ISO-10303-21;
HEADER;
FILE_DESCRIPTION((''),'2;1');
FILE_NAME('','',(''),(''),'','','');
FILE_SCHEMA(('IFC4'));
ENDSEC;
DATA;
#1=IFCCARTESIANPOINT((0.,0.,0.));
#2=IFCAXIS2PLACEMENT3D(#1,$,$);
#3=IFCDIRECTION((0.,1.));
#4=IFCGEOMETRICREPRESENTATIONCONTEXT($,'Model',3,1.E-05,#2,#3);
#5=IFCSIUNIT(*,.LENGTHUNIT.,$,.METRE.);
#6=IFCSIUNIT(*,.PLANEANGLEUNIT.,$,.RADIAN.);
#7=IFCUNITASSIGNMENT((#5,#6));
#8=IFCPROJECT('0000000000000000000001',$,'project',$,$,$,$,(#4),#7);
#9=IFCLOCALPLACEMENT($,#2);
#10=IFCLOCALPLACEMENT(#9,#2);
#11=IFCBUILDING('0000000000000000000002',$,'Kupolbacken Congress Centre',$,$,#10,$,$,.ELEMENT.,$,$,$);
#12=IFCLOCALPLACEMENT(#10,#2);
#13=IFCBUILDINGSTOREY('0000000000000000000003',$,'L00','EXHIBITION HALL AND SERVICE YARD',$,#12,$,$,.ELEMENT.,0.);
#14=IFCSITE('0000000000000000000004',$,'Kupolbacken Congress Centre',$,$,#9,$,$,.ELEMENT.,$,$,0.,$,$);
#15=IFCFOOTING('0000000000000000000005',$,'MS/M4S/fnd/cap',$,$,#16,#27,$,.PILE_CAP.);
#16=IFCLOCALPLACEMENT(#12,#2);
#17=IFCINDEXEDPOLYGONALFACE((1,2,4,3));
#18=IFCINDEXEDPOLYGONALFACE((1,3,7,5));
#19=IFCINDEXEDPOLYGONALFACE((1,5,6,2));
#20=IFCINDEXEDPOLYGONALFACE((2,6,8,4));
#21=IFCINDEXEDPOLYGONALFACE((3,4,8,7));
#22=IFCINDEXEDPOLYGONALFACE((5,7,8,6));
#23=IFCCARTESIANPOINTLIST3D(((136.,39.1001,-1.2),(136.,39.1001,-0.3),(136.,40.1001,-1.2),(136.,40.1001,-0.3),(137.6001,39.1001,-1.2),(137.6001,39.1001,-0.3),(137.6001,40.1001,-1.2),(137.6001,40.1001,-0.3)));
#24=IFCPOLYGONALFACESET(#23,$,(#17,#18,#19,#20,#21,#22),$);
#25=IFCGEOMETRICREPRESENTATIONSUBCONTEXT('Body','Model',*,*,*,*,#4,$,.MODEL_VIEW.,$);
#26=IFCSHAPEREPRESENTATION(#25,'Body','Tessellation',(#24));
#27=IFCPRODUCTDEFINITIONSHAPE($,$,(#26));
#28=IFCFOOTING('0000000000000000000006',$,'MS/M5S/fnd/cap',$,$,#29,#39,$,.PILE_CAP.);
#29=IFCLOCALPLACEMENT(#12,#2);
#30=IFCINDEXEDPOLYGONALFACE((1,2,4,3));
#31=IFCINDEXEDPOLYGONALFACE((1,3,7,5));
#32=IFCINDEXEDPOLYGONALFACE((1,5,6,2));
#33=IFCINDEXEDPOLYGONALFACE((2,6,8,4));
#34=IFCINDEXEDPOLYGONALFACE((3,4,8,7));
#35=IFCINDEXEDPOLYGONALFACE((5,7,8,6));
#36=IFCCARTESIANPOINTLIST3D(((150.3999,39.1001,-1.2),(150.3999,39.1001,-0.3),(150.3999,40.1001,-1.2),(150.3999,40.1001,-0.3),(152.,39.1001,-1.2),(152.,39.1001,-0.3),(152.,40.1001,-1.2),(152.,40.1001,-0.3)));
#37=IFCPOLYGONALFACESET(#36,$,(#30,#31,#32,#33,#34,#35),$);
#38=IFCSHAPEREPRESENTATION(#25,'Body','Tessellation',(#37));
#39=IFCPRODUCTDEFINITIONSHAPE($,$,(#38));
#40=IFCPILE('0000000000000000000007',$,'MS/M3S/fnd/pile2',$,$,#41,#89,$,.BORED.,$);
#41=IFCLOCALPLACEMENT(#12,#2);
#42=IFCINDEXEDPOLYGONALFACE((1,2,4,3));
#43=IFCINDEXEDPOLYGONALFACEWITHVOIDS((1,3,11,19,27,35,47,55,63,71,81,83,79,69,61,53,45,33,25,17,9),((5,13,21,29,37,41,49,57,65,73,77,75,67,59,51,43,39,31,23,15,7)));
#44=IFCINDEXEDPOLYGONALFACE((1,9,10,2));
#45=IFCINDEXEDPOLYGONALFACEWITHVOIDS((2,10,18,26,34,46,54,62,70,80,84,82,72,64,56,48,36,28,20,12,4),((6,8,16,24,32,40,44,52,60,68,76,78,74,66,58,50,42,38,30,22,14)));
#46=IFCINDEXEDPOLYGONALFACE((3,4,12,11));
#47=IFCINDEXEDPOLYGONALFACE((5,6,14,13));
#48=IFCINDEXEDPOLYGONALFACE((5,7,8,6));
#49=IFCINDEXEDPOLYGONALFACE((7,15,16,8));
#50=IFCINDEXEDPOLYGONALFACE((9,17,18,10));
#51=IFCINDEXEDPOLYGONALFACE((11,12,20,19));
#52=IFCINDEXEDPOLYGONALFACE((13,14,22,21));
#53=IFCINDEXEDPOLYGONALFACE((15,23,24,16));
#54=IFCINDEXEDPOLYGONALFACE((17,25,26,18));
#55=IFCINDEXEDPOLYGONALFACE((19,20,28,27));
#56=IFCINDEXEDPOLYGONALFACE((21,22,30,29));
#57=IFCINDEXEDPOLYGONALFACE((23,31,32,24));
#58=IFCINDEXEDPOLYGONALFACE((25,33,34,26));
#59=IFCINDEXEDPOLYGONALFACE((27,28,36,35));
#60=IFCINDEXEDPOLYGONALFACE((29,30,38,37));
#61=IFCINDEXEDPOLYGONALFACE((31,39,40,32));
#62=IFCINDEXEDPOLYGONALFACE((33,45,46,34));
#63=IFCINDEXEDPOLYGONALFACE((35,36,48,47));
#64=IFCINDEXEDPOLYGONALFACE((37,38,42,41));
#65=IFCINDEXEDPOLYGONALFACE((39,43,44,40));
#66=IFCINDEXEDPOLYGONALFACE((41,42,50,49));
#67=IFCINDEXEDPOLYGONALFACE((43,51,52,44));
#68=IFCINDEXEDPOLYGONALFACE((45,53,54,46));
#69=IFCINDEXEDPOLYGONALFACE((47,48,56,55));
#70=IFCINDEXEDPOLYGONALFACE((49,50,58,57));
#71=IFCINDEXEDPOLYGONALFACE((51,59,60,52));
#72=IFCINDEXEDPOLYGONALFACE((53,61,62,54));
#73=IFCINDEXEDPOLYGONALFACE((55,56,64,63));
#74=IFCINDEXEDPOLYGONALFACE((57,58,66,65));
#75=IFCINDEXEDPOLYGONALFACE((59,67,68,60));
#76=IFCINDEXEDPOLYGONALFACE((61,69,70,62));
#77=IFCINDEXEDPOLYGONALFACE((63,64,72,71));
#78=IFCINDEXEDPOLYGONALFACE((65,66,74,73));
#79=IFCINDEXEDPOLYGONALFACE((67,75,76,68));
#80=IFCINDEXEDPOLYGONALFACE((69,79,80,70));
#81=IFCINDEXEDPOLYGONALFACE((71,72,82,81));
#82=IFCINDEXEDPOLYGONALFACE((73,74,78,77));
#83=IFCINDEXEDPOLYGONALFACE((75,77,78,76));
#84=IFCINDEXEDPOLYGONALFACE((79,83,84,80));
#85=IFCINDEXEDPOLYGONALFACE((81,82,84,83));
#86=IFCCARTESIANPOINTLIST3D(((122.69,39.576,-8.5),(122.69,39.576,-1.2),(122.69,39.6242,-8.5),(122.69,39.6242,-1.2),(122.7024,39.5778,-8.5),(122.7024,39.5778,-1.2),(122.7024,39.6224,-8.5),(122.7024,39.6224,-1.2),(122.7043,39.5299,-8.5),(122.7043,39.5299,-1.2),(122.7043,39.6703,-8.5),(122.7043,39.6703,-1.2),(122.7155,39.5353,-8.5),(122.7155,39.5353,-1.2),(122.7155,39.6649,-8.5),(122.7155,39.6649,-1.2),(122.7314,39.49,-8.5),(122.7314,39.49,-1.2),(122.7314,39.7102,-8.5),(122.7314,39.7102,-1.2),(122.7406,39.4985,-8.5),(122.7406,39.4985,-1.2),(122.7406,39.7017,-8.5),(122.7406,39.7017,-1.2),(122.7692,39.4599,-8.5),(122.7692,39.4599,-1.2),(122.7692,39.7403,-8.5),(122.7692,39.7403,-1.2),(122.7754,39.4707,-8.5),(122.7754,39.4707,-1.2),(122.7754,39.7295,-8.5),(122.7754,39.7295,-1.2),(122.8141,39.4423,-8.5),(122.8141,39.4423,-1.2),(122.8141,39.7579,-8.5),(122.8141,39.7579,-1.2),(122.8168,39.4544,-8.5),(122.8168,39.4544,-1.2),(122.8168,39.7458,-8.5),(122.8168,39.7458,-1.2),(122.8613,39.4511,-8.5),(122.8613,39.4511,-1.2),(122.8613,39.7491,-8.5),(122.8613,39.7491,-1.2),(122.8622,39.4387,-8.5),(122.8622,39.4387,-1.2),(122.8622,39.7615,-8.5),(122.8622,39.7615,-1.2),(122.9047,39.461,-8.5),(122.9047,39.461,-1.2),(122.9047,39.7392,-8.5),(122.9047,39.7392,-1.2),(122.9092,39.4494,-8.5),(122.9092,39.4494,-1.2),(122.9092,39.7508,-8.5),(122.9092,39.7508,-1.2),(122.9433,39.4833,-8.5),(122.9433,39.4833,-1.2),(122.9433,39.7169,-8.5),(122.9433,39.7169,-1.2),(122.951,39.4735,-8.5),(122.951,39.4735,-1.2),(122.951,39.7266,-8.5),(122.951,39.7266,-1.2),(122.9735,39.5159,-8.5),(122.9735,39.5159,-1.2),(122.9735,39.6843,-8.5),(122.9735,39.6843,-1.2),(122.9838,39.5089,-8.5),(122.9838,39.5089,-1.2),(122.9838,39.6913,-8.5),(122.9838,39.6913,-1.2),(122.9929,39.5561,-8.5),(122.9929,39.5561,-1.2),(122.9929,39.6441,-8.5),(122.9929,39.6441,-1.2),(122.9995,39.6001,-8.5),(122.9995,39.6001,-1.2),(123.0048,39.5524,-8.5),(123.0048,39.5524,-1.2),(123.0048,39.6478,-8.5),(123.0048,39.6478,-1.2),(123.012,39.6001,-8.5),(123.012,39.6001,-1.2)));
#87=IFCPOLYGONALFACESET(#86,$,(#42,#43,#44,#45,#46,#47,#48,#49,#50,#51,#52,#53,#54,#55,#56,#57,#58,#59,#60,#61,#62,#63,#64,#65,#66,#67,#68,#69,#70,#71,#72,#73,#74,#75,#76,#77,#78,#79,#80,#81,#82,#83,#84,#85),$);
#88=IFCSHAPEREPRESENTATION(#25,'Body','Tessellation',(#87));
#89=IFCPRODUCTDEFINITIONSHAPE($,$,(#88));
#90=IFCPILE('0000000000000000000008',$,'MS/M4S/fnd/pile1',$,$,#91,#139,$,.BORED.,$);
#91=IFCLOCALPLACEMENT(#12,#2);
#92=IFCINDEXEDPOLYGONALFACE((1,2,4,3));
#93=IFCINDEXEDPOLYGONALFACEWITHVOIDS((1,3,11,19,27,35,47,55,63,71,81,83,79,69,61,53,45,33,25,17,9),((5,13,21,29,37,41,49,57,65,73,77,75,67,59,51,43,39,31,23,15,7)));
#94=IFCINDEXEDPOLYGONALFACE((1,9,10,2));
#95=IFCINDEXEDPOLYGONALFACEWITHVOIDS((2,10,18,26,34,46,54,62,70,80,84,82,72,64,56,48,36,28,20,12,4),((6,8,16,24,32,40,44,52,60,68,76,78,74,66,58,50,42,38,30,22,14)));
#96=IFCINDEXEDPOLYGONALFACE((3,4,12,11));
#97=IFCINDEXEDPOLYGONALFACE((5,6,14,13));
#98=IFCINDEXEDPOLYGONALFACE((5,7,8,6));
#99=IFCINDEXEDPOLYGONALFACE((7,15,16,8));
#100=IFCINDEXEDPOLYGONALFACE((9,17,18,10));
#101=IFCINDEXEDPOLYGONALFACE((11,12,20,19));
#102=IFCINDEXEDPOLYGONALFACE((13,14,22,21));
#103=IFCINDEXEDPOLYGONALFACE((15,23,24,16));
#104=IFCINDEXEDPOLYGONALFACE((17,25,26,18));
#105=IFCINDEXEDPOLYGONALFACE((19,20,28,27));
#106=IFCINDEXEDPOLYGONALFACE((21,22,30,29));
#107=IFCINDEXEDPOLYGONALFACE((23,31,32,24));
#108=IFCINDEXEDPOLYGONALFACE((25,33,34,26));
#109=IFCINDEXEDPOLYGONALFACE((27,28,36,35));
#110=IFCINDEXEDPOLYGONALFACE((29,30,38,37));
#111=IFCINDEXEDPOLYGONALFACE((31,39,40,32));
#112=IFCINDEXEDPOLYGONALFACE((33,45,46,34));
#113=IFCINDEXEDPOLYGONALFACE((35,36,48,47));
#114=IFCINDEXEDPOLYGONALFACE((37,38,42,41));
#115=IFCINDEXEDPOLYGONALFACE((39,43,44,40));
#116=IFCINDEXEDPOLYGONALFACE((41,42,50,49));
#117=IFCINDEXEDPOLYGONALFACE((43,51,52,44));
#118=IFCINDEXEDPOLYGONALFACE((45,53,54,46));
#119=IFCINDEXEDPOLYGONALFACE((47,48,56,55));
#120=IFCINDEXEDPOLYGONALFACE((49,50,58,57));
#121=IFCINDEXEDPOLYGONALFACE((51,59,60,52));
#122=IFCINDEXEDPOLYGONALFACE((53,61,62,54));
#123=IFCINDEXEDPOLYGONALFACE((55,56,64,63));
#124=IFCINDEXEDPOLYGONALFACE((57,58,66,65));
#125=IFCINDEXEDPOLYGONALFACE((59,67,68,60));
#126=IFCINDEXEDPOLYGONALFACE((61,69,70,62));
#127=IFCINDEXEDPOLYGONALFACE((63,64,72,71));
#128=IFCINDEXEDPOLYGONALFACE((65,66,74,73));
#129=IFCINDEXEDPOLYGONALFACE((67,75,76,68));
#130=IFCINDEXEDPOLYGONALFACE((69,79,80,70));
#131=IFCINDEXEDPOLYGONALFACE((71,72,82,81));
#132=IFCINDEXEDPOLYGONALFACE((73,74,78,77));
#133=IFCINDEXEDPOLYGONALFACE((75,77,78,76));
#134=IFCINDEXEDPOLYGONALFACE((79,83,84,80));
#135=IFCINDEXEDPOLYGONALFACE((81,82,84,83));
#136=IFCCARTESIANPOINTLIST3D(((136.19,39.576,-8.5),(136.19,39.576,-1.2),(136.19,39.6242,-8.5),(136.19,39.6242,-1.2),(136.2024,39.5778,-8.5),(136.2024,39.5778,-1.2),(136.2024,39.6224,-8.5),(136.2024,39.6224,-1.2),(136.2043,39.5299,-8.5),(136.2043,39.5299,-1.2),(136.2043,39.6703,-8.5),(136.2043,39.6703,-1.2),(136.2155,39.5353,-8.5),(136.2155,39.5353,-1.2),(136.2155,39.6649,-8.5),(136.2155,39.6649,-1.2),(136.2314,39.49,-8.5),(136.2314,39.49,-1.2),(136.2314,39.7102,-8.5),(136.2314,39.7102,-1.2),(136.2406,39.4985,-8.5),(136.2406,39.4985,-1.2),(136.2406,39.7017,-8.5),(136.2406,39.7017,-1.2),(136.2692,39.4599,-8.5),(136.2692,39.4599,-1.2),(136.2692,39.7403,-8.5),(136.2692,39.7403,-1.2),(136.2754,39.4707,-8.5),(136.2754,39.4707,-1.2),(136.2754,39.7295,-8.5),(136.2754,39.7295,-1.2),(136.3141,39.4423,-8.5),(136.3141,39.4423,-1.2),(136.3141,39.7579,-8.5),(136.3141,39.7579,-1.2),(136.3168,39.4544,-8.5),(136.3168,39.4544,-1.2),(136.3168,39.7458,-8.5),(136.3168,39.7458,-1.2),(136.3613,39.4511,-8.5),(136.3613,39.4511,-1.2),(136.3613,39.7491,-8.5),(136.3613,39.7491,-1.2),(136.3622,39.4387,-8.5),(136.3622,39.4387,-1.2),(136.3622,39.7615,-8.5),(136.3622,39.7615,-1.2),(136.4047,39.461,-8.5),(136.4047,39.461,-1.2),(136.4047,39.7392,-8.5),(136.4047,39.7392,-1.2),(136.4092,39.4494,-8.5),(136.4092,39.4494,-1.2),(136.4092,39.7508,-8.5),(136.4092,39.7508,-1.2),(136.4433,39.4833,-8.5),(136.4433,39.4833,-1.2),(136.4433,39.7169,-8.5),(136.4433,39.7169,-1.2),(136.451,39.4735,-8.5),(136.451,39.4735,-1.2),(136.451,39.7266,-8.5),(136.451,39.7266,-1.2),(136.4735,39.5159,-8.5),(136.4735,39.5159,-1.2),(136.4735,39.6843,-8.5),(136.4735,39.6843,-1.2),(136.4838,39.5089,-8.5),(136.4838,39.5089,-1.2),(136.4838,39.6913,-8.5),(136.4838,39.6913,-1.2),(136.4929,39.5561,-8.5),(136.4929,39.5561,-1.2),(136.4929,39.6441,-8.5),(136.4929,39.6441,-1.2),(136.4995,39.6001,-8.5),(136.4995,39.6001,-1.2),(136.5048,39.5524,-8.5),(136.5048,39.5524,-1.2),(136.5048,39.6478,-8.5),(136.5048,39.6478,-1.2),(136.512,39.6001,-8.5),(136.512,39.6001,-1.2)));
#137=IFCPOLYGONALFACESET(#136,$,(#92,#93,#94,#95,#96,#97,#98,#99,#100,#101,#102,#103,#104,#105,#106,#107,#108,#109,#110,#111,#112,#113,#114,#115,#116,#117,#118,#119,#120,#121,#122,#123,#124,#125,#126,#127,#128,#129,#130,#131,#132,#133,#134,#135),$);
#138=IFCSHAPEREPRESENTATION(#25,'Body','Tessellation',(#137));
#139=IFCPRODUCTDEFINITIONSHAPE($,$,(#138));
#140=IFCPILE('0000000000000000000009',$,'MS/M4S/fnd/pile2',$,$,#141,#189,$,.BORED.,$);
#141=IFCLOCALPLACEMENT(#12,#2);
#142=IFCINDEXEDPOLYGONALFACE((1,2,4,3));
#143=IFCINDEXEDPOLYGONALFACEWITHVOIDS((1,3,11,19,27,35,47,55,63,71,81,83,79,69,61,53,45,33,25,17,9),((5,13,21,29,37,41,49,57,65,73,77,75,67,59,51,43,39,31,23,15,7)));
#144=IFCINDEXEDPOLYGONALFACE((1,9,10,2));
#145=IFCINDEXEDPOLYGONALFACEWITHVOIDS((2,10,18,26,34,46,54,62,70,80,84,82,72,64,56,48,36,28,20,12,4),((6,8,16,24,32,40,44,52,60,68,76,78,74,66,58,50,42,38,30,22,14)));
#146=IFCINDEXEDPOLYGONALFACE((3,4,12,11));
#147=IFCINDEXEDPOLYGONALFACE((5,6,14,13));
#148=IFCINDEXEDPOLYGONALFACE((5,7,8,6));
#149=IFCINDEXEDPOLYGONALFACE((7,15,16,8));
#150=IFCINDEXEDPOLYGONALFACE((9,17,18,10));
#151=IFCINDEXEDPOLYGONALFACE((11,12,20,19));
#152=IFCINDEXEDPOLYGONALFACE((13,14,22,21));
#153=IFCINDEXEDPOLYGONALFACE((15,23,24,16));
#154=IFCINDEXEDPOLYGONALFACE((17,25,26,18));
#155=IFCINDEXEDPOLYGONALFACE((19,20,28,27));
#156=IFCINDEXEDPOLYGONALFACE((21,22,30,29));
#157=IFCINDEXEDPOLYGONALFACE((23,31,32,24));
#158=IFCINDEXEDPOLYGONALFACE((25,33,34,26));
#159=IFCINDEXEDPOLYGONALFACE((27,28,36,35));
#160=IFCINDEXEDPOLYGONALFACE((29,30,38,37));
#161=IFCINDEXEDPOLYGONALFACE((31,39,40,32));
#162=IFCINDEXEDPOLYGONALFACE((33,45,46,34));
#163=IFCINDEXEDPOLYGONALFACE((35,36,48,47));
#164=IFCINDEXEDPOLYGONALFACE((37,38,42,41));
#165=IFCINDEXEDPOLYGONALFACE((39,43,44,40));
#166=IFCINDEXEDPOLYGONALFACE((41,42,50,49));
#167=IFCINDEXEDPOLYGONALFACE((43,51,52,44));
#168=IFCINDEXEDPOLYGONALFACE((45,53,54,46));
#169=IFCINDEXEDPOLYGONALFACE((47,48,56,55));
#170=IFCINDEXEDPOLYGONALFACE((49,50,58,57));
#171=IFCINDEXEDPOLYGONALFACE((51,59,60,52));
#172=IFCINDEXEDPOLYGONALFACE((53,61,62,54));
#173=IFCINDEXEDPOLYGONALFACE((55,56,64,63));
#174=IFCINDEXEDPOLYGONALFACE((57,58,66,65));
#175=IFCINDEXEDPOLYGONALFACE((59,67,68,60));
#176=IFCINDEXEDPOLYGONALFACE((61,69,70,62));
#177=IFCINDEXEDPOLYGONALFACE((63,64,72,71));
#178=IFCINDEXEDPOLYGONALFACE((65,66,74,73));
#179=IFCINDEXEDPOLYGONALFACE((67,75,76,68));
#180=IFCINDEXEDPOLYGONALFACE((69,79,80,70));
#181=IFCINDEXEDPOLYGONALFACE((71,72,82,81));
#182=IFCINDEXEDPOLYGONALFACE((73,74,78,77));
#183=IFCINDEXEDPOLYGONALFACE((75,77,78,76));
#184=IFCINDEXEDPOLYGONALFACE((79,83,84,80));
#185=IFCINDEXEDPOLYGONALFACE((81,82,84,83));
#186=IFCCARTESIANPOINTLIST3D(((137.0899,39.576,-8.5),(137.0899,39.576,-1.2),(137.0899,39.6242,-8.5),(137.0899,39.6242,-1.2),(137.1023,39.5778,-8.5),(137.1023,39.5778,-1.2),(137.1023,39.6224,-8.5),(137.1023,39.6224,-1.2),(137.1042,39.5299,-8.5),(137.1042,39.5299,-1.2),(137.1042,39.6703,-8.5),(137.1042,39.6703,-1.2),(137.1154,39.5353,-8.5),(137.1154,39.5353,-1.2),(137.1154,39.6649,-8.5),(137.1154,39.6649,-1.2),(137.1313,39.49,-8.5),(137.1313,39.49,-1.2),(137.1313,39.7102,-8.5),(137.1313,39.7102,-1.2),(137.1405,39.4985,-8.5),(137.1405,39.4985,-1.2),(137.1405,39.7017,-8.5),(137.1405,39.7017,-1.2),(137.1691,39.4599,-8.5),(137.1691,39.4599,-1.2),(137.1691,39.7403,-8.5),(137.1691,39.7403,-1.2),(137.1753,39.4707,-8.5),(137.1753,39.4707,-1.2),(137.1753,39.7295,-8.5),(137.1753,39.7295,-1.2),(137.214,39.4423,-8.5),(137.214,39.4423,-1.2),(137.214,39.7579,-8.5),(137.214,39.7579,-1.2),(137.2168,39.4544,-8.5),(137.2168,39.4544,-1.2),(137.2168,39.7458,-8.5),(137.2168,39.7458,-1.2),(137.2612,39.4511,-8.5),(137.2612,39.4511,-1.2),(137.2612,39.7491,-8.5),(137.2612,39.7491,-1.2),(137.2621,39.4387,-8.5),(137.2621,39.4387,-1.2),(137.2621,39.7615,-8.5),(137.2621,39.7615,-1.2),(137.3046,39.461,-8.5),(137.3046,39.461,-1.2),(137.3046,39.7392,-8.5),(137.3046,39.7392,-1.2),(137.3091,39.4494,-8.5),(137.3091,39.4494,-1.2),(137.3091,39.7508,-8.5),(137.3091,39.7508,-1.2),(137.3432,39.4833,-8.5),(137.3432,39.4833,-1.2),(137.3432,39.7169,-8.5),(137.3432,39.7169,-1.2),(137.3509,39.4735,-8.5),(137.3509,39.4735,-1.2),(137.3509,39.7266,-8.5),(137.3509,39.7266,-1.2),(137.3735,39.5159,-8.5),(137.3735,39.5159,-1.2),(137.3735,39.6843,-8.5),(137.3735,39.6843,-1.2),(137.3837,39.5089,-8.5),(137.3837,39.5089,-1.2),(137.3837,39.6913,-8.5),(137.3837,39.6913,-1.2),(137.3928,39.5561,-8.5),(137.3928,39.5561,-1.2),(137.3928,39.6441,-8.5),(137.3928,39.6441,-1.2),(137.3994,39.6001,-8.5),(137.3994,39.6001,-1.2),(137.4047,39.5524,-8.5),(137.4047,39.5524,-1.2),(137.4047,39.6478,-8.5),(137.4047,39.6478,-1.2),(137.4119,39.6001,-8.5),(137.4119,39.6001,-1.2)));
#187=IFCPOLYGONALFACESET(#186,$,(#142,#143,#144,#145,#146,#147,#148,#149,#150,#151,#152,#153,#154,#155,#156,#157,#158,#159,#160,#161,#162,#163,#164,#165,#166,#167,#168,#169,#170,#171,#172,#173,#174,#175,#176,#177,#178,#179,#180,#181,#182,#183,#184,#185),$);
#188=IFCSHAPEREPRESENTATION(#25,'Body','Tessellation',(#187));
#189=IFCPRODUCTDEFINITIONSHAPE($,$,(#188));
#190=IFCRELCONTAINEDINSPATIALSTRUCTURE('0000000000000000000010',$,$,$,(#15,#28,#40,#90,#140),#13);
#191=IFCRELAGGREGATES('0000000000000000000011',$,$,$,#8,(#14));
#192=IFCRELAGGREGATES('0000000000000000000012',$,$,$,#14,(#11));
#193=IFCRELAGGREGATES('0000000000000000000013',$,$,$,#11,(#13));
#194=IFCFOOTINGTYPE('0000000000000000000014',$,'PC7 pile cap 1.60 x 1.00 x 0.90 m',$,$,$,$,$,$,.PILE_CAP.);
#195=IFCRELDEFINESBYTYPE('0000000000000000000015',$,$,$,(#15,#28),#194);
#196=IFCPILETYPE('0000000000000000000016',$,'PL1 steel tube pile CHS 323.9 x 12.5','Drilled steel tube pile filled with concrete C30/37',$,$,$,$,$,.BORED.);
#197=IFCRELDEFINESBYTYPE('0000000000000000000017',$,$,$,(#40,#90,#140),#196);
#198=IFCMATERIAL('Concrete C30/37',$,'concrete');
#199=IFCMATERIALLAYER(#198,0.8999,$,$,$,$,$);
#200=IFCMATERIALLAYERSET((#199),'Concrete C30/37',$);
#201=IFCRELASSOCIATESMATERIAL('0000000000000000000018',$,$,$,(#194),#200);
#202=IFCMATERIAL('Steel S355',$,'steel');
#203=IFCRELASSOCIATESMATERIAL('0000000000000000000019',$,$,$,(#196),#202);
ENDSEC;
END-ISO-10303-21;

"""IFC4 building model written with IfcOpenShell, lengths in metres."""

from ifc_helpers import new_model, si_unit, direction, frame, origin, origin_2d, place, context, subcontext, project, spatial, rectangle, hollow_circle, extrude, material, layer, layer_set, material_profile, profile_set, type_object, element, save


model = new_model("IFC4")

# Units and contexts
model_context = context("Model", 3, precision=1e-05, world=origin(), true_north=direction((0.0, 1.0)))
body_context = subcontext(model_context, "Body", "Model", "MODEL_VIEW")
ifc_project = project(units=[si_unit("LENGTHUNIT", "METRE"), si_unit("PLANEANGLEUNIT", "RADIAN")], contexts=[model_context])

# Site, building, storey
site_placement = place(None, origin())
site = spatial("IfcSite", under=ifc_project, at=site_placement, Name="Kupolbacken Congress Centre", CompositionType="ELEMENT", RefElevation=0.0)
building_placement = place(site_placement, origin())
building = spatial("IfcBuilding", under=site, at=building_placement, Name="Kupolbacken Congress Centre", CompositionType="ELEMENT")
storey_placement = place(building_placement, origin())
storey = spatial("IfcBuildingStorey", under=building, at=storey_placement, Name="L00", Description="EXHIBITION HALL AND SERVICE YARD", CompositionType="ELEMENT", Elevation=0.0)

# Footings
ifc_material_1 = material(Name="Concrete C30/37", Category="concrete")
ifc_layer_1 = layer(ifc_material_1, 0.8999)
ifc_layer_set_1 = layer_set([ifc_layer_1], Name="Concrete C30/37")
footing_type = type_object("IfcFootingType", Name="PC7 pile cap 1.60 x 1.00 x 0.90 m", PredefinedType="PILE_CAP", material=ifc_layer_set_1)
for number, where, z_axis, x_axis, name in (
    (1, (136.8, 39.6001, -1.2), (0.0, 0.0, 1.0), (1.0, 0.0, 0.0), "MS/M4S/fnd/cap"),
    (2, (151.2, 39.6001, -1.2), (0.0, 0.0, 1.0), (1.0, 0.0, 0.0), "MS/M5S/fnd/cap"),
):
    element("IfcFooting", number, at=place(storey_placement, frame(where, z_axis=z_axis, x_axis=x_axis)), inside=storey, type_object=footing_type, Name=name, PredefinedType="PILE_CAP", context=body_context, shape_type="SweptSolid", body=[
        extrude(rectangle(XDim=1.6001, YDim=1.0, at=origin_2d()), origin(), (0.0, 0.0, 1.0), 0.8999),
    ])

# Piles
ifc_material_2 = material(Name="Steel S355", Category="steel")
ifc_material_profile_1 = material_profile(ifc_material_2, hollow_circle(Radius=0.1619, WallThickness=0.0125, at=origin_2d()), Name="CHS 323.9 x 12.5")
ifc_profile_set_1 = profile_set([ifc_material_profile_1], Name="Steel S355")
pile_type = type_object("IfcPileType", Name="PL1 steel tube pile CHS 323.9 x 12.5", Description="Drilled steel tube pile filled with concrete C30/37", PredefinedType="BORED", material=ifc_profile_set_1)
for number, where, z_axis, x_axis, name in (
    (3, (122.8501, 39.6001, -1.2), (0.0, 0.0, -1.0), (1.0, 0.0, 0.0), "MS/M3S/fnd/pile2"),
    (4, (136.3501, 39.6001, -1.2), (0.0, 0.0, -1.0), (1.0, 0.0, 0.0), "MS/M4S/fnd/pile1"),
    (5, (137.25, 39.6001, -1.2), (0.0, 0.0, -1.0), (1.0, 0.0, 0.0), "MS/M4S/fnd/pile2"),
):
    element("IfcPile", number, at=place(storey_placement, frame(where, z_axis=z_axis, x_axis=x_axis)), inside=storey, type_object=pile_type, Name=name, PredefinedType="BORED", context=body_context, shape_type="SweptSolid", body=[
        extrude(hollow_circle(Radius=0.1619, WallThickness=0.0125, at=origin_2d()), origin(), (0.0, 0.0, 1.0), 7.3),
    ])

save(model, "model.ifc")
